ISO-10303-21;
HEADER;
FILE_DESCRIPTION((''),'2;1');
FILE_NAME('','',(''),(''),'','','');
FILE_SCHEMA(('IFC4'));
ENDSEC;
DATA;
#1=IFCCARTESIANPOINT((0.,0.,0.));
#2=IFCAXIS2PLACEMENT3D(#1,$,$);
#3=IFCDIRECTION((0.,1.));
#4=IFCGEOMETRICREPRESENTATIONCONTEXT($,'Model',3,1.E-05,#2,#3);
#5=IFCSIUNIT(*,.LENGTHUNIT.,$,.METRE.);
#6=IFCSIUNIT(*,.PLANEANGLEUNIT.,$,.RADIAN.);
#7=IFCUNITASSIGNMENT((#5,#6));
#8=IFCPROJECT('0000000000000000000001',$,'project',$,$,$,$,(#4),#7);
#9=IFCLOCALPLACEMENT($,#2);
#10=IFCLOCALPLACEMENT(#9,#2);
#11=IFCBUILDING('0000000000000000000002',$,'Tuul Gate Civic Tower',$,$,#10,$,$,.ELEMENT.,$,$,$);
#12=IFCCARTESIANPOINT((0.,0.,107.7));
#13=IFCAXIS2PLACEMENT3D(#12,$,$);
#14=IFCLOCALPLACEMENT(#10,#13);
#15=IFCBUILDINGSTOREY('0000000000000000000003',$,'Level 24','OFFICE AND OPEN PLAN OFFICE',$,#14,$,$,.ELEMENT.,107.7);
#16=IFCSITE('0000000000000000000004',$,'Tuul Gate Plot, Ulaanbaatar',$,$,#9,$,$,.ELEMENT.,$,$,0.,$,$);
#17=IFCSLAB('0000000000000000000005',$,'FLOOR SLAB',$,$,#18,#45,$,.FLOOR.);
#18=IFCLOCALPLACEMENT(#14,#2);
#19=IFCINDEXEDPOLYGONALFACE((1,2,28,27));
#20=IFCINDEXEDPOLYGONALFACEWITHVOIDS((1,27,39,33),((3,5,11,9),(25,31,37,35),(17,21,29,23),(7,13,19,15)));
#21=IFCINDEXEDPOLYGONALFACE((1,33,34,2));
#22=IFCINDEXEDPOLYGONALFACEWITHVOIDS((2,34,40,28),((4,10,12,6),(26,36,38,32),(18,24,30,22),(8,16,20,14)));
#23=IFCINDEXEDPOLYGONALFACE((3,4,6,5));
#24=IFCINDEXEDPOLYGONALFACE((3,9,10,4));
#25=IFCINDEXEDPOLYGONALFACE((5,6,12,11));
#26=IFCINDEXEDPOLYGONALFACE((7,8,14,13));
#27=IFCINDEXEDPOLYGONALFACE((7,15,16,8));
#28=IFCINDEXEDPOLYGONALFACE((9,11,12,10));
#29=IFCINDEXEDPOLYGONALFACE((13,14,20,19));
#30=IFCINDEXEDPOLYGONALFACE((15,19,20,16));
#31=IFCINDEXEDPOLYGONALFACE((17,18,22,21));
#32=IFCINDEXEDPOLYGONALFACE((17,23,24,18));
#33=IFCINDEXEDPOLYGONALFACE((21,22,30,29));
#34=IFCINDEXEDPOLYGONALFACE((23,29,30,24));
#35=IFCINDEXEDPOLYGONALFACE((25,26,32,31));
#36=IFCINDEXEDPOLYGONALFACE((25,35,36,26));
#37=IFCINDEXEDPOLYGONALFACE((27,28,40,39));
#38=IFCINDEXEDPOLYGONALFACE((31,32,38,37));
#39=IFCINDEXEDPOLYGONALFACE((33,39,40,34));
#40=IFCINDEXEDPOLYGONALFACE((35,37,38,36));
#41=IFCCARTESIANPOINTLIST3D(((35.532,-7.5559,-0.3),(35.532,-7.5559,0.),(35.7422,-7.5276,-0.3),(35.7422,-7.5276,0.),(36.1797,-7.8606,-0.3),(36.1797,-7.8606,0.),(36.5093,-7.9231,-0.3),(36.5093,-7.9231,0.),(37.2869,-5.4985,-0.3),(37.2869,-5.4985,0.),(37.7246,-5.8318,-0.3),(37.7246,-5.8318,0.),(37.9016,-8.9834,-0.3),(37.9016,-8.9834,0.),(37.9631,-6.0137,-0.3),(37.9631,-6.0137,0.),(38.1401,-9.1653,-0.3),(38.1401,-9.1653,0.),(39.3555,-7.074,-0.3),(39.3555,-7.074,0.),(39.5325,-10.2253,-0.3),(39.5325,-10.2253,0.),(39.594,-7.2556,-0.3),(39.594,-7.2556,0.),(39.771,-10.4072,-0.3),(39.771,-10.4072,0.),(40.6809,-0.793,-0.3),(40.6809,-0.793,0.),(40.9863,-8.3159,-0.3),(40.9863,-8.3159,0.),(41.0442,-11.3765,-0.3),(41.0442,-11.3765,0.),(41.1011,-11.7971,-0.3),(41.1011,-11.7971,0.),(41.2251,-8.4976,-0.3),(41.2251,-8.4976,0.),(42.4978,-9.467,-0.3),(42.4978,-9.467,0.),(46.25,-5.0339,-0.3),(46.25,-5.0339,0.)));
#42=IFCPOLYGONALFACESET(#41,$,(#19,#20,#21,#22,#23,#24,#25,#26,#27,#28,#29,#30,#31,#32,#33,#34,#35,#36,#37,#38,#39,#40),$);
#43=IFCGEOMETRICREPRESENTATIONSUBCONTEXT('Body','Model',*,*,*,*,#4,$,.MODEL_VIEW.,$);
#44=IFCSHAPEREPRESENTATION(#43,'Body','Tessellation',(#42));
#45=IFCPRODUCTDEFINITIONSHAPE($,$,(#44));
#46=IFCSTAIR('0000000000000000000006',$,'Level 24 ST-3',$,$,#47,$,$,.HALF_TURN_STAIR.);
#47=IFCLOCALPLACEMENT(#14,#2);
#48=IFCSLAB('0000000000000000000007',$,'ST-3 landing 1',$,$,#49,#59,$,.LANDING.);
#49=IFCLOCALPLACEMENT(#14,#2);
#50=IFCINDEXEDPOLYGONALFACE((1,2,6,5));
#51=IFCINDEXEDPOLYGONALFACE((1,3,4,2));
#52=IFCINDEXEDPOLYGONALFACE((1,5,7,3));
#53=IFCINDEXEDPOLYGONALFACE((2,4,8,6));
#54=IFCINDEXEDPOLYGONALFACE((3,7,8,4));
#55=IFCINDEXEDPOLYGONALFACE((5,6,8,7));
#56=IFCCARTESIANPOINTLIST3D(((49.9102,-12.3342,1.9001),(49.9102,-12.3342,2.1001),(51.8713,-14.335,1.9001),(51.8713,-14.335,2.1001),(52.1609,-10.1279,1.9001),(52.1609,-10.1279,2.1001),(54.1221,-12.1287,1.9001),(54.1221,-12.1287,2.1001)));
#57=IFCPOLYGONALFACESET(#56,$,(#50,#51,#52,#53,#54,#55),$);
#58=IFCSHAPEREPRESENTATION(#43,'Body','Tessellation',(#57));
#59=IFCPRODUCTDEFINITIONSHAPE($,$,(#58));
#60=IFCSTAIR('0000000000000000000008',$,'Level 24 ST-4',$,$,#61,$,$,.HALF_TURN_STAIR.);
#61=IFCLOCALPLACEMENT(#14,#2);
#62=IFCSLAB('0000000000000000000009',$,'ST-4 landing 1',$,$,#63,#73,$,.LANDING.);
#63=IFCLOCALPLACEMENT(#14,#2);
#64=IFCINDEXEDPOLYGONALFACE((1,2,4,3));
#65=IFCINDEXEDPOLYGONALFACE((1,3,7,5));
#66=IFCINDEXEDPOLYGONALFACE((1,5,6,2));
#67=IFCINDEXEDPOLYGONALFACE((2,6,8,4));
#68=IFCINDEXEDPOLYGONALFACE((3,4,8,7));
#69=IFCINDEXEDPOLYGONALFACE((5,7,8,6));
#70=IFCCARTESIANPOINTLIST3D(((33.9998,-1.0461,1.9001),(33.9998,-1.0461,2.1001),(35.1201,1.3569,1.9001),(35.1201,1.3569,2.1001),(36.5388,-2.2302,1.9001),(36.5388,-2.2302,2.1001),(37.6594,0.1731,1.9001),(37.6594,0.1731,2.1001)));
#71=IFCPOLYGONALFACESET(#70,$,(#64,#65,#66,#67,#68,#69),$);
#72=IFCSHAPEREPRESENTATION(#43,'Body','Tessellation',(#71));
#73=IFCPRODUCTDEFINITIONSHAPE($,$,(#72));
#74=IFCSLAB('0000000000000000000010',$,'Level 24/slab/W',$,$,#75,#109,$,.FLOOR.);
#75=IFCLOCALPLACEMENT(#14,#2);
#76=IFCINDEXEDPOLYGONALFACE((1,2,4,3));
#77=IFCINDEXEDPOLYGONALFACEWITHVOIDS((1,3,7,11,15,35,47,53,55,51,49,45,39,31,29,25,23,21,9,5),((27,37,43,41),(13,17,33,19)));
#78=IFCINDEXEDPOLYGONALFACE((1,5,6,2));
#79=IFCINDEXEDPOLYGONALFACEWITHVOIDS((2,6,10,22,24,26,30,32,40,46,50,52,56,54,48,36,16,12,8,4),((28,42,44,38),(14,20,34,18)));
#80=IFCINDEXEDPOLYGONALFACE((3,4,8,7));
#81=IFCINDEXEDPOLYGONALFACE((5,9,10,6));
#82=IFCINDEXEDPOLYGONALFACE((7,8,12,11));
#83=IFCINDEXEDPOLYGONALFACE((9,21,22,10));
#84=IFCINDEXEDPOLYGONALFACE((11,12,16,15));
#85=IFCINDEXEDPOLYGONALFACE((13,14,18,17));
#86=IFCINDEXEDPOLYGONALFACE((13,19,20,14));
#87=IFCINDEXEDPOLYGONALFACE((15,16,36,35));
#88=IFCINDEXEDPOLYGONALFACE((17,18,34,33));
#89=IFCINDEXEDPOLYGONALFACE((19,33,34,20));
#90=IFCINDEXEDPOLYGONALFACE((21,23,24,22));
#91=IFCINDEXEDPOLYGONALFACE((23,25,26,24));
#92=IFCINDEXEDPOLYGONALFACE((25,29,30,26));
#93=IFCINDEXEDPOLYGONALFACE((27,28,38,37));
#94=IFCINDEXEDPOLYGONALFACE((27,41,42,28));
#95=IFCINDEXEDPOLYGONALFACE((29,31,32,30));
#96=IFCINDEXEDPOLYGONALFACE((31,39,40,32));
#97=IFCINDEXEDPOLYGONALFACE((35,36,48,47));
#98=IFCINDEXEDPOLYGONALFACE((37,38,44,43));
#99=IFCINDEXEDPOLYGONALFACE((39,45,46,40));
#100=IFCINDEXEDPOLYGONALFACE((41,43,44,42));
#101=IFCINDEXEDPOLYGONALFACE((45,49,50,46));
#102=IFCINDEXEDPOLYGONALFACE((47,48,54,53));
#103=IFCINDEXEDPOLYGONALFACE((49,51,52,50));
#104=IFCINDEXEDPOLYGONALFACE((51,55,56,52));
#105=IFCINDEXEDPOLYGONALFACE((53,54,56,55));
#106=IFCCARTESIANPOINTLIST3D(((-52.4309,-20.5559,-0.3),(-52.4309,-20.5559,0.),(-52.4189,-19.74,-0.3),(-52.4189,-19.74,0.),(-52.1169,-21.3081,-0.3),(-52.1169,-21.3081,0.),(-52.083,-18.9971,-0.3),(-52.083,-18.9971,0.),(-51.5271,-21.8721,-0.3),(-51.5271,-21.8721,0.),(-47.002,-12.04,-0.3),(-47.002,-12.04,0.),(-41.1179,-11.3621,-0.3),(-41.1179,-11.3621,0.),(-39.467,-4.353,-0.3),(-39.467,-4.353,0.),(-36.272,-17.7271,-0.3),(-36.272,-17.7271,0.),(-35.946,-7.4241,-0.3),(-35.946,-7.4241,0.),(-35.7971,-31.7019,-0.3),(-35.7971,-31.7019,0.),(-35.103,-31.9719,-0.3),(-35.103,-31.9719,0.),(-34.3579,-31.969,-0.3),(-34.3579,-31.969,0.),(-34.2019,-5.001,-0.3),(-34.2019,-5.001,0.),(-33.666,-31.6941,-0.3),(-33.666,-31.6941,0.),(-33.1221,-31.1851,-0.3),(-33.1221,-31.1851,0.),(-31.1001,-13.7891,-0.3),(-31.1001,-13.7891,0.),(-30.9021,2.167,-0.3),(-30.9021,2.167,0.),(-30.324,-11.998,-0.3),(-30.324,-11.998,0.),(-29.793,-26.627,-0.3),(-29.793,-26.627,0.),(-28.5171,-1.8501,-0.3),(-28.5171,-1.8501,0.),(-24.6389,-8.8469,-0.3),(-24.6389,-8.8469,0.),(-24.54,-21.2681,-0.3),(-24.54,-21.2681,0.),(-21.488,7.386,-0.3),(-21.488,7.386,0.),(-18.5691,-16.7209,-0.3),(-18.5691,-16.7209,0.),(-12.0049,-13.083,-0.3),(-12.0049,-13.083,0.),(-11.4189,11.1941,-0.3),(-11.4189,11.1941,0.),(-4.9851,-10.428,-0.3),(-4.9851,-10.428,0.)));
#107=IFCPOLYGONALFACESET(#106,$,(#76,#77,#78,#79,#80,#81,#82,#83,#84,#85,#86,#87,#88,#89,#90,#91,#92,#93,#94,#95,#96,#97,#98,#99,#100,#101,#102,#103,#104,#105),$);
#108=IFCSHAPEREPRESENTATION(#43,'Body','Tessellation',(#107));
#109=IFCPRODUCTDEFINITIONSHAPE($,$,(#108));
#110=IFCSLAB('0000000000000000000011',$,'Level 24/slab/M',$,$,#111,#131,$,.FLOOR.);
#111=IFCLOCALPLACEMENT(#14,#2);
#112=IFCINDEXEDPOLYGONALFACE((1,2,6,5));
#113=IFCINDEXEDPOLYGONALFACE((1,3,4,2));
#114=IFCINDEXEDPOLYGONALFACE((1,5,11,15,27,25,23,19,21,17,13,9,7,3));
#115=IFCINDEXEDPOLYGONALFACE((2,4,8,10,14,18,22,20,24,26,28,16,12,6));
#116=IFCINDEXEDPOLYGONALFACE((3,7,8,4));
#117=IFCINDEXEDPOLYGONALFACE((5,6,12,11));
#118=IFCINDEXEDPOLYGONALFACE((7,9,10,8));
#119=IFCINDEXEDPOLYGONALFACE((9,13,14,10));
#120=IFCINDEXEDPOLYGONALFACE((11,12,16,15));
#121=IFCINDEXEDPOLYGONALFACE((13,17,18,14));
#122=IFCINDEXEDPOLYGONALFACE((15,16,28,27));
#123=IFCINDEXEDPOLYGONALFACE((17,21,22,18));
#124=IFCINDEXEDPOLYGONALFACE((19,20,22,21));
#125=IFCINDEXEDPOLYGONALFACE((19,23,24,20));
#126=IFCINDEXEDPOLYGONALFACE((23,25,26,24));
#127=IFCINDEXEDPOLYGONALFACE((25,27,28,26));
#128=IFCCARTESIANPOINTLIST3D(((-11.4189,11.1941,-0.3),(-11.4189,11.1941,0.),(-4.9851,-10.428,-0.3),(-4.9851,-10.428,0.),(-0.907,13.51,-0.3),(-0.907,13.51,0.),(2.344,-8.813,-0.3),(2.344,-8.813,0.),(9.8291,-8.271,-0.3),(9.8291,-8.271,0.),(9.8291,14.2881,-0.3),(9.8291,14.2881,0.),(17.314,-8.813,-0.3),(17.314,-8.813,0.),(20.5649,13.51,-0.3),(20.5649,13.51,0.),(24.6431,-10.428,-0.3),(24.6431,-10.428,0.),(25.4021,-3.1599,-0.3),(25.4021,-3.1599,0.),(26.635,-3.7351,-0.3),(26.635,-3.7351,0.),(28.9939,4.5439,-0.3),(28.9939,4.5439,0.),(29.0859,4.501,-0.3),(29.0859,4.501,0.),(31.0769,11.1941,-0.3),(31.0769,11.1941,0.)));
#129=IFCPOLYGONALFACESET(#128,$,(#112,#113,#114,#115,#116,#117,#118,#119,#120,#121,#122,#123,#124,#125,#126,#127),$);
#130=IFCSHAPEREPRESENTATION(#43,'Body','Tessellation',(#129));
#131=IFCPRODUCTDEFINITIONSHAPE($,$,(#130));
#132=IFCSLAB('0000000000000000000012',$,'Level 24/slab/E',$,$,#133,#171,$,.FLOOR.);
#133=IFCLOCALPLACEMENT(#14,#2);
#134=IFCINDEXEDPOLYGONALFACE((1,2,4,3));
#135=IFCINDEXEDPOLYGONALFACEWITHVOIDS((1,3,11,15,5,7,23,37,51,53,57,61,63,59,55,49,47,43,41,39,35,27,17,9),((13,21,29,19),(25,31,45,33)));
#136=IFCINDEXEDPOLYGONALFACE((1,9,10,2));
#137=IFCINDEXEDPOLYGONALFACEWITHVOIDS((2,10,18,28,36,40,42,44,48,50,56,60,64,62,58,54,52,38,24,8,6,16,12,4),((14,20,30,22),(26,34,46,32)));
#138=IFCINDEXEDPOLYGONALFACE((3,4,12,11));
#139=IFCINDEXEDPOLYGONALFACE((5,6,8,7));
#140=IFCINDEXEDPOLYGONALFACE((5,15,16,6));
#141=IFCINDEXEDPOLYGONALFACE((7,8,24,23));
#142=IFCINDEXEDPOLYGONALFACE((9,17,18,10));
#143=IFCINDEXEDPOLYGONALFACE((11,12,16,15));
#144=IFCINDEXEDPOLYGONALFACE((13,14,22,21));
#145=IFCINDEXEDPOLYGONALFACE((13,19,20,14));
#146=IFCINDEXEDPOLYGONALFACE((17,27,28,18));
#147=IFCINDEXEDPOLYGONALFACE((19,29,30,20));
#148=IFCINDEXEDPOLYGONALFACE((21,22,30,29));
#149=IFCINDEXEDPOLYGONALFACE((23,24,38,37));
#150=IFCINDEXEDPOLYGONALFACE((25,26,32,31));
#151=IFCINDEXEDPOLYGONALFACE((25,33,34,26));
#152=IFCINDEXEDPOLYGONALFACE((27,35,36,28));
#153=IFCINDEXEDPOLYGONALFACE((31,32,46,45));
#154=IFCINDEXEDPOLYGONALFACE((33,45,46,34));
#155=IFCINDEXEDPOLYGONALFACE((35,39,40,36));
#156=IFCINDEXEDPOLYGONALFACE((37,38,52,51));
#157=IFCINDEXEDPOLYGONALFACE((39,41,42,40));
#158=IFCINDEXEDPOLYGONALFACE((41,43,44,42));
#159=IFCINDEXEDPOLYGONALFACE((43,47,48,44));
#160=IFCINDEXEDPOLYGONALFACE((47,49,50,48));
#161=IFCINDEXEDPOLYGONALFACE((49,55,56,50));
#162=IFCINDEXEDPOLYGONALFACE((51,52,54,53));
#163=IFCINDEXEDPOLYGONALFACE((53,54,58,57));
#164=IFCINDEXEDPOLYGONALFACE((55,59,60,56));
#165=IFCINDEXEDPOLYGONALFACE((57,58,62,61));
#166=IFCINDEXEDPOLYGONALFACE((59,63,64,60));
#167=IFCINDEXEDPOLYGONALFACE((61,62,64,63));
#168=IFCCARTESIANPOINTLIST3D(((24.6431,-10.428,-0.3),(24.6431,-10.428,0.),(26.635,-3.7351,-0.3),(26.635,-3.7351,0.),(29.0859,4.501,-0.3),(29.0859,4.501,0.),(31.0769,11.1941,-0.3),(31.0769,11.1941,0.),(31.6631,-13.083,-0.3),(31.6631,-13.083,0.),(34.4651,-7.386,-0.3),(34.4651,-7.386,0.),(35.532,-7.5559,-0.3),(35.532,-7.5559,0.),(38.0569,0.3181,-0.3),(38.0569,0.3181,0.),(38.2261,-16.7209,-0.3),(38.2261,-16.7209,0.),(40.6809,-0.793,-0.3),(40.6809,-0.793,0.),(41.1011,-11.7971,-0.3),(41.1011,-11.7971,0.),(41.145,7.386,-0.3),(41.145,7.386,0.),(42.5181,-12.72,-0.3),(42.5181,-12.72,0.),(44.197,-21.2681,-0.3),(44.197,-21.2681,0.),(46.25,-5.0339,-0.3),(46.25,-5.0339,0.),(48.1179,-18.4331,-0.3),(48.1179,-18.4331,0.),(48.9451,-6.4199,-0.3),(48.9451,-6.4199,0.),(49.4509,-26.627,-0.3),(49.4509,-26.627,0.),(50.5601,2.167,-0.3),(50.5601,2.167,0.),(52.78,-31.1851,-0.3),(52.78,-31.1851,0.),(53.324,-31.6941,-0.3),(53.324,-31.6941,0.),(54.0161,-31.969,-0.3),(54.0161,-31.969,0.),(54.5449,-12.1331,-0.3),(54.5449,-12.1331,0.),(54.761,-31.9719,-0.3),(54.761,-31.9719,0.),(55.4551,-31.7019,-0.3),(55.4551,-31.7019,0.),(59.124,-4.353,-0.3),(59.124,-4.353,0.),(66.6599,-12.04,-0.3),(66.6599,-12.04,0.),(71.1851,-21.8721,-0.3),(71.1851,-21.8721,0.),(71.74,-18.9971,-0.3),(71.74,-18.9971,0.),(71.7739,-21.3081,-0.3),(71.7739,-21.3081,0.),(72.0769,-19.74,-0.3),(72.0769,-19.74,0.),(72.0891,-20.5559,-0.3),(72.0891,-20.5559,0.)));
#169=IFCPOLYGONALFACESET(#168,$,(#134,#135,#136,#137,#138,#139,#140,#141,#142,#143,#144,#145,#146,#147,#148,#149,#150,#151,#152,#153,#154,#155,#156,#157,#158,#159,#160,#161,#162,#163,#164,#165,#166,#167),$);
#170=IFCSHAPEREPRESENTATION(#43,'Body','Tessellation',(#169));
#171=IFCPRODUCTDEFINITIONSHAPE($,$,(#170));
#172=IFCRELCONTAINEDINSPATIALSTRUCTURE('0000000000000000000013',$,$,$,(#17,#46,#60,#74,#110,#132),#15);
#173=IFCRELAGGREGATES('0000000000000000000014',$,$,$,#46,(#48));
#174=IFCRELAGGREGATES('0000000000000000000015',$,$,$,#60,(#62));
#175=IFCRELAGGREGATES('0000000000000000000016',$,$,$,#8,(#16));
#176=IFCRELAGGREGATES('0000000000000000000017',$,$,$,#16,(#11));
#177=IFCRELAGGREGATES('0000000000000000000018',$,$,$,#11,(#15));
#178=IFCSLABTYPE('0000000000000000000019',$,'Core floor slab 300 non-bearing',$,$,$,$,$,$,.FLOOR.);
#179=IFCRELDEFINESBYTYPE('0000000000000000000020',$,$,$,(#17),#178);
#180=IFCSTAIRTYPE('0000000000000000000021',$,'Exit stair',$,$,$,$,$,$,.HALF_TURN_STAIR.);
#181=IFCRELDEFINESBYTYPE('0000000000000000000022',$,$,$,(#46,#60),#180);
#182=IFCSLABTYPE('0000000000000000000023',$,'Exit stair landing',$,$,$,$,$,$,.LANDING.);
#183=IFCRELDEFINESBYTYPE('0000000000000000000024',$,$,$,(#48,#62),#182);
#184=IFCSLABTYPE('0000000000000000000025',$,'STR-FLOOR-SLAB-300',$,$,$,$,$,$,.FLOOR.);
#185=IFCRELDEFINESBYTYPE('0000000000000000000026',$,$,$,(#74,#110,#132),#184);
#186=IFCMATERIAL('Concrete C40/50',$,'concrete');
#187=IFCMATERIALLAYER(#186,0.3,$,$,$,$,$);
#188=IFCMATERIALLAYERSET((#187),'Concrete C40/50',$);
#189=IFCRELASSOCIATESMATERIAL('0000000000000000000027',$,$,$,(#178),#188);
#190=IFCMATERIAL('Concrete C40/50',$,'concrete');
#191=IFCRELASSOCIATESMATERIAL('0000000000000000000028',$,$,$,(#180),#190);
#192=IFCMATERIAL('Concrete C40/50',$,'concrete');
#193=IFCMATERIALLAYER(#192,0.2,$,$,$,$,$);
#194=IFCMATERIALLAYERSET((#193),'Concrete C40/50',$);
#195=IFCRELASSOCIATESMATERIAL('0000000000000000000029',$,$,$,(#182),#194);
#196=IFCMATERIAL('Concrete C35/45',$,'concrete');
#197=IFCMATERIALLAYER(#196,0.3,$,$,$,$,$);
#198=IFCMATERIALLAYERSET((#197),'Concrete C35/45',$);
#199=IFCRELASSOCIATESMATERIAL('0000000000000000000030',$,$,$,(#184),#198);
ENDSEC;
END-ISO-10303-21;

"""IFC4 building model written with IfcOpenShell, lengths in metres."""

from ifc_helpers import new_model, si_unit, direction, frame, origin, place, context, subcontext, project, spatial, polyline, outline, extrude, material, layer, layer_set, type_object, element, aggregate, save


model = new_model("IFC4")

# Units and contexts
model_context = context("Model", 3, precision=1e-05, world=origin(), true_north=direction((0.0, 1.0)))
body_context = subcontext(model_context, "Body", "Model", "MODEL_VIEW")
ifc_project = project(units=[si_unit("LENGTHUNIT", "METRE"), si_unit("PLANEANGLEUNIT", "RADIAN")], contexts=[model_context])

# Site, building, storey
site_placement = place(None, origin())
site = spatial("IfcSite", under=ifc_project, at=site_placement, Name="Tuul Gate Plot, Ulaanbaatar", CompositionType="ELEMENT", RefElevation=0.0)
building_placement = place(site_placement, origin())
building = spatial("IfcBuilding", under=site, at=building_placement, Name="Tuul Gate Civic Tower", CompositionType="ELEMENT")
storey_placement = place(building_placement, frame((0.0, 0.0, 107.7)))
storey = spatial("IfcBuildingStorey", under=building, at=storey_placement, Name="Level 24", Description="OFFICE AND OPEN PLAN OFFICE", CompositionType="ELEMENT", Elevation=107.7)

# Slab
ifc_material_1 = material(Name="Concrete C40/50", Category="concrete")
ifc_layer_1 = layer(ifc_material_1, 0.3)
ifc_layer_set_1 = layer_set([ifc_layer_1], Name="Concrete C40/50")
slab_type_1 = type_object("IfcSlabType", Name="Core floor slab 300 non-bearing", PredefinedType="FLOOR", material=ifc_layer_set_1)
slab_1_placement = place(storey_placement, frame((0.0, 0.0, -0.3)))
element("IfcSlab", 1, at=slab_1_placement, inside=storey, type_object=slab_type_1, Name="FLOOR SLAB", PredefinedType="FLOOR", context=body_context, shape_type="SweptSolid", body=[
    extrude(outline(polyline([(41.1011, -11.7971), (46.25, -5.0339), (40.6809, -0.793), (35.532, -7.5559), (41.1011, -11.7971)]), holes=[polyline([(41.0442, -11.3765), (42.4978, -9.467), (41.2251, -8.4976), (39.771, -10.4072), (41.0442, -11.3765)]), polyline([(39.5325, -10.2253), (40.9863, -8.3159), (39.594, -7.2556), (38.1401, -9.1653), (39.5325, -10.2253)]), polyline([(37.9016, -8.9834), (39.3555, -7.074), (37.9631, -6.0137), (36.5093, -7.9231), (37.9016, -8.9834)]), polyline([(36.1797, -7.8606), (37.7246, -5.8318), (37.2869, -5.4985), (35.7422, -7.5276), (36.1797, -7.8606)])]), origin(), (0.0, 0.0, 1.0), 0.3),
])

# Stairs, slabs
ifc_material_2 = material(Name="Concrete C40/50", Category="concrete")
stair_type = type_object("IfcStairType", Name="Exit stair", PredefinedType="HALF_TURN_STAIR", material=ifc_material_2)
stair_1_placement = place(storey_placement, origin())
stair_1 = element("IfcStair", 2, at=stair_1_placement, inside=storey, type_object=stair_type, Name="Level 24 ST-3", PredefinedType="HALF_TURN_STAIR")
ifc_material_3 = material(Name="Concrete C40/50", Category="concrete")
ifc_layer_2 = layer(ifc_material_3, 0.2)
ifc_layer_set_2 = layer_set([ifc_layer_2], Name="Concrete C40/50")
slab_type_2 = type_object("IfcSlabType", Name="Exit stair landing", PredefinedType="LANDING", material=ifc_layer_set_2)
slab_2_placement = place(storey_placement, frame((0.0, 0.0, 1.9001)))
slab_2 = element("IfcSlab", 3, at=slab_2_placement, type_object=slab_type_2, Name="ST-3 landing 1", PredefinedType="LANDING", context=body_context, shape_type="SweptSolid", body=[
    extrude(outline(polyline([(51.8713, -14.335), (49.9102, -12.3342), (52.1609, -10.1279), (54.1221, -12.1287), (51.8713, -14.335)])), origin(), (0.0, 0.0, 1.0), 0.2),
])
aggregate(stair_1, [slab_2])
stair_2_placement = place(storey_placement, origin())
stair_2 = element("IfcStair", 4, at=stair_2_placement, inside=storey, type_object=stair_type, Name="Level 24 ST-4", PredefinedType="HALF_TURN_STAIR")
slab_3_placement = place(storey_placement, frame((0.0, 0.0, 1.9001)))
slab_3 = element("IfcSlab", 5, at=slab_3_placement, type_object=slab_type_2, Name="ST-4 landing 1", PredefinedType="LANDING", context=body_context, shape_type="SweptSolid", body=[
    extrude(outline(polyline([(36.5388, -2.2302), (33.9998, -1.0461), (35.1201, 1.3569), (37.6594, 0.1731), (36.5388, -2.2302)])), origin(), (0.0, 0.0, 1.0), 0.2),
])
aggregate(stair_2, [slab_3])

# Slabs
ifc_material_4 = material(Name="Concrete C35/45", Category="concrete")
ifc_layer_3 = layer(ifc_material_4, 0.3)
ifc_layer_set_3 = layer_set([ifc_layer_3], Name="Concrete C35/45")
slab_type_3 = type_object("IfcSlabType", Name="STR-FLOOR-SLAB-300", PredefinedType="FLOOR", material=ifc_layer_set_3)
slab_4_placement = place(storey_placement, frame((0.0, 0.0, -0.3)))
element("IfcSlab", 6, at=slab_4_placement, inside=storey, type_object=slab_type_3, Name="Level 24/slab/W", PredefinedType="FLOOR", context=body_context, shape_type="SweptSolid", body=[
    extrude(outline(polyline([(-12.0049, -13.083), (-4.9851, -10.428), (-11.4189, 11.1941), (-21.488, 7.386), (-30.9021, 2.167), (-39.467, -4.353), (-47.002, -12.04), (-52.083, -18.9971), (-52.4189, -19.74), (-52.4309, -20.5559), (-52.1169, -21.3081), (-51.5271, -21.8721), (-35.7971, -31.7019), (-35.103, -31.9719), (-34.3579, -31.969), (-33.666, -31.6941), (-33.1221, -31.1851), (-29.793, -26.627), (-24.54, -21.2681), (-18.5691, -16.7209), (-12.0049, -13.083)]), holes=[polyline([(-31.1001, -13.7891), (-36.272, -17.7271), (-41.1179, -11.3621), (-35.946, -7.4241), (-31.1001, -13.7891)]), polyline([(-24.6389, -8.8469), (-30.324, -11.998), (-34.2019, -5.001), (-28.5171, -1.8501), (-24.6389, -8.8469)])]), origin(), (0.0, 0.0, 1.0), 0.3),
])
slab_5_placement = place(storey_placement, frame((0.0, 0.0, -0.3)))
element("IfcSlab", 7, at=slab_5_placement, inside=storey, type_object=slab_type_3, Name="Level 24/slab/M", PredefinedType="FLOOR", context=body_context, shape_type="SweptSolid", body=[
    extrude(outline(polyline([(24.6431, -10.428), (26.635, -3.7351), (25.4021, -3.1599), (28.9939, 4.5439), (29.0859, 4.501), (31.0769, 11.1941), (20.5649, 13.51), (9.8291, 14.2881), (-0.907, 13.51), (-11.4189, 11.1941), (-4.9851, -10.428), (2.344, -8.813), (9.8291, -8.271), (17.314, -8.813), (24.6431, -10.428)])), origin(), (0.0, 0.0, 1.0), 0.3),
])
slab_6_placement = place(storey_placement, frame((0.0, 0.0, -0.3)))
element("IfcSlab", 8, at=slab_6_placement, inside=storey, type_object=slab_type_3, Name="Level 24/slab/E", PredefinedType="FLOOR", context=body_context, shape_type="SweptSolid", body=[
    extrude(outline(polyline([(54.761, -31.9719), (55.4551, -31.7019), (71.1851, -21.8721), (71.7739, -21.3081), (72.0891, -20.5559), (72.0769, -19.74), (71.74, -18.9971), (66.6599, -12.04), (59.124, -4.353), (50.5601, 2.167), (41.145, 7.386), (31.0769, 11.1941), (29.0859, 4.501), (38.0569, 0.3181), (34.4651, -7.386), (26.635, -3.7351), (24.6431, -10.428), (31.6631, -13.083), (38.2261, -16.7209), (44.197, -21.2681), (49.4509, -26.627), (52.78, -31.1851), (53.324, -31.6941), (54.0161, -31.969), (54.761, -31.9719)]), holes=[polyline([(48.1179, -18.4331), (42.5181, -12.72), (48.9451, -6.4199), (54.5449, -12.1331), (48.1179, -18.4331)]), polyline([(35.532, -7.5559), (40.6809, -0.793), (46.25, -5.0339), (41.1011, -11.7971), (35.532, -7.5559)])]), origin(), (0.0, 0.0, 1.0), 0.3),
])

save(model, "model.ifc")
